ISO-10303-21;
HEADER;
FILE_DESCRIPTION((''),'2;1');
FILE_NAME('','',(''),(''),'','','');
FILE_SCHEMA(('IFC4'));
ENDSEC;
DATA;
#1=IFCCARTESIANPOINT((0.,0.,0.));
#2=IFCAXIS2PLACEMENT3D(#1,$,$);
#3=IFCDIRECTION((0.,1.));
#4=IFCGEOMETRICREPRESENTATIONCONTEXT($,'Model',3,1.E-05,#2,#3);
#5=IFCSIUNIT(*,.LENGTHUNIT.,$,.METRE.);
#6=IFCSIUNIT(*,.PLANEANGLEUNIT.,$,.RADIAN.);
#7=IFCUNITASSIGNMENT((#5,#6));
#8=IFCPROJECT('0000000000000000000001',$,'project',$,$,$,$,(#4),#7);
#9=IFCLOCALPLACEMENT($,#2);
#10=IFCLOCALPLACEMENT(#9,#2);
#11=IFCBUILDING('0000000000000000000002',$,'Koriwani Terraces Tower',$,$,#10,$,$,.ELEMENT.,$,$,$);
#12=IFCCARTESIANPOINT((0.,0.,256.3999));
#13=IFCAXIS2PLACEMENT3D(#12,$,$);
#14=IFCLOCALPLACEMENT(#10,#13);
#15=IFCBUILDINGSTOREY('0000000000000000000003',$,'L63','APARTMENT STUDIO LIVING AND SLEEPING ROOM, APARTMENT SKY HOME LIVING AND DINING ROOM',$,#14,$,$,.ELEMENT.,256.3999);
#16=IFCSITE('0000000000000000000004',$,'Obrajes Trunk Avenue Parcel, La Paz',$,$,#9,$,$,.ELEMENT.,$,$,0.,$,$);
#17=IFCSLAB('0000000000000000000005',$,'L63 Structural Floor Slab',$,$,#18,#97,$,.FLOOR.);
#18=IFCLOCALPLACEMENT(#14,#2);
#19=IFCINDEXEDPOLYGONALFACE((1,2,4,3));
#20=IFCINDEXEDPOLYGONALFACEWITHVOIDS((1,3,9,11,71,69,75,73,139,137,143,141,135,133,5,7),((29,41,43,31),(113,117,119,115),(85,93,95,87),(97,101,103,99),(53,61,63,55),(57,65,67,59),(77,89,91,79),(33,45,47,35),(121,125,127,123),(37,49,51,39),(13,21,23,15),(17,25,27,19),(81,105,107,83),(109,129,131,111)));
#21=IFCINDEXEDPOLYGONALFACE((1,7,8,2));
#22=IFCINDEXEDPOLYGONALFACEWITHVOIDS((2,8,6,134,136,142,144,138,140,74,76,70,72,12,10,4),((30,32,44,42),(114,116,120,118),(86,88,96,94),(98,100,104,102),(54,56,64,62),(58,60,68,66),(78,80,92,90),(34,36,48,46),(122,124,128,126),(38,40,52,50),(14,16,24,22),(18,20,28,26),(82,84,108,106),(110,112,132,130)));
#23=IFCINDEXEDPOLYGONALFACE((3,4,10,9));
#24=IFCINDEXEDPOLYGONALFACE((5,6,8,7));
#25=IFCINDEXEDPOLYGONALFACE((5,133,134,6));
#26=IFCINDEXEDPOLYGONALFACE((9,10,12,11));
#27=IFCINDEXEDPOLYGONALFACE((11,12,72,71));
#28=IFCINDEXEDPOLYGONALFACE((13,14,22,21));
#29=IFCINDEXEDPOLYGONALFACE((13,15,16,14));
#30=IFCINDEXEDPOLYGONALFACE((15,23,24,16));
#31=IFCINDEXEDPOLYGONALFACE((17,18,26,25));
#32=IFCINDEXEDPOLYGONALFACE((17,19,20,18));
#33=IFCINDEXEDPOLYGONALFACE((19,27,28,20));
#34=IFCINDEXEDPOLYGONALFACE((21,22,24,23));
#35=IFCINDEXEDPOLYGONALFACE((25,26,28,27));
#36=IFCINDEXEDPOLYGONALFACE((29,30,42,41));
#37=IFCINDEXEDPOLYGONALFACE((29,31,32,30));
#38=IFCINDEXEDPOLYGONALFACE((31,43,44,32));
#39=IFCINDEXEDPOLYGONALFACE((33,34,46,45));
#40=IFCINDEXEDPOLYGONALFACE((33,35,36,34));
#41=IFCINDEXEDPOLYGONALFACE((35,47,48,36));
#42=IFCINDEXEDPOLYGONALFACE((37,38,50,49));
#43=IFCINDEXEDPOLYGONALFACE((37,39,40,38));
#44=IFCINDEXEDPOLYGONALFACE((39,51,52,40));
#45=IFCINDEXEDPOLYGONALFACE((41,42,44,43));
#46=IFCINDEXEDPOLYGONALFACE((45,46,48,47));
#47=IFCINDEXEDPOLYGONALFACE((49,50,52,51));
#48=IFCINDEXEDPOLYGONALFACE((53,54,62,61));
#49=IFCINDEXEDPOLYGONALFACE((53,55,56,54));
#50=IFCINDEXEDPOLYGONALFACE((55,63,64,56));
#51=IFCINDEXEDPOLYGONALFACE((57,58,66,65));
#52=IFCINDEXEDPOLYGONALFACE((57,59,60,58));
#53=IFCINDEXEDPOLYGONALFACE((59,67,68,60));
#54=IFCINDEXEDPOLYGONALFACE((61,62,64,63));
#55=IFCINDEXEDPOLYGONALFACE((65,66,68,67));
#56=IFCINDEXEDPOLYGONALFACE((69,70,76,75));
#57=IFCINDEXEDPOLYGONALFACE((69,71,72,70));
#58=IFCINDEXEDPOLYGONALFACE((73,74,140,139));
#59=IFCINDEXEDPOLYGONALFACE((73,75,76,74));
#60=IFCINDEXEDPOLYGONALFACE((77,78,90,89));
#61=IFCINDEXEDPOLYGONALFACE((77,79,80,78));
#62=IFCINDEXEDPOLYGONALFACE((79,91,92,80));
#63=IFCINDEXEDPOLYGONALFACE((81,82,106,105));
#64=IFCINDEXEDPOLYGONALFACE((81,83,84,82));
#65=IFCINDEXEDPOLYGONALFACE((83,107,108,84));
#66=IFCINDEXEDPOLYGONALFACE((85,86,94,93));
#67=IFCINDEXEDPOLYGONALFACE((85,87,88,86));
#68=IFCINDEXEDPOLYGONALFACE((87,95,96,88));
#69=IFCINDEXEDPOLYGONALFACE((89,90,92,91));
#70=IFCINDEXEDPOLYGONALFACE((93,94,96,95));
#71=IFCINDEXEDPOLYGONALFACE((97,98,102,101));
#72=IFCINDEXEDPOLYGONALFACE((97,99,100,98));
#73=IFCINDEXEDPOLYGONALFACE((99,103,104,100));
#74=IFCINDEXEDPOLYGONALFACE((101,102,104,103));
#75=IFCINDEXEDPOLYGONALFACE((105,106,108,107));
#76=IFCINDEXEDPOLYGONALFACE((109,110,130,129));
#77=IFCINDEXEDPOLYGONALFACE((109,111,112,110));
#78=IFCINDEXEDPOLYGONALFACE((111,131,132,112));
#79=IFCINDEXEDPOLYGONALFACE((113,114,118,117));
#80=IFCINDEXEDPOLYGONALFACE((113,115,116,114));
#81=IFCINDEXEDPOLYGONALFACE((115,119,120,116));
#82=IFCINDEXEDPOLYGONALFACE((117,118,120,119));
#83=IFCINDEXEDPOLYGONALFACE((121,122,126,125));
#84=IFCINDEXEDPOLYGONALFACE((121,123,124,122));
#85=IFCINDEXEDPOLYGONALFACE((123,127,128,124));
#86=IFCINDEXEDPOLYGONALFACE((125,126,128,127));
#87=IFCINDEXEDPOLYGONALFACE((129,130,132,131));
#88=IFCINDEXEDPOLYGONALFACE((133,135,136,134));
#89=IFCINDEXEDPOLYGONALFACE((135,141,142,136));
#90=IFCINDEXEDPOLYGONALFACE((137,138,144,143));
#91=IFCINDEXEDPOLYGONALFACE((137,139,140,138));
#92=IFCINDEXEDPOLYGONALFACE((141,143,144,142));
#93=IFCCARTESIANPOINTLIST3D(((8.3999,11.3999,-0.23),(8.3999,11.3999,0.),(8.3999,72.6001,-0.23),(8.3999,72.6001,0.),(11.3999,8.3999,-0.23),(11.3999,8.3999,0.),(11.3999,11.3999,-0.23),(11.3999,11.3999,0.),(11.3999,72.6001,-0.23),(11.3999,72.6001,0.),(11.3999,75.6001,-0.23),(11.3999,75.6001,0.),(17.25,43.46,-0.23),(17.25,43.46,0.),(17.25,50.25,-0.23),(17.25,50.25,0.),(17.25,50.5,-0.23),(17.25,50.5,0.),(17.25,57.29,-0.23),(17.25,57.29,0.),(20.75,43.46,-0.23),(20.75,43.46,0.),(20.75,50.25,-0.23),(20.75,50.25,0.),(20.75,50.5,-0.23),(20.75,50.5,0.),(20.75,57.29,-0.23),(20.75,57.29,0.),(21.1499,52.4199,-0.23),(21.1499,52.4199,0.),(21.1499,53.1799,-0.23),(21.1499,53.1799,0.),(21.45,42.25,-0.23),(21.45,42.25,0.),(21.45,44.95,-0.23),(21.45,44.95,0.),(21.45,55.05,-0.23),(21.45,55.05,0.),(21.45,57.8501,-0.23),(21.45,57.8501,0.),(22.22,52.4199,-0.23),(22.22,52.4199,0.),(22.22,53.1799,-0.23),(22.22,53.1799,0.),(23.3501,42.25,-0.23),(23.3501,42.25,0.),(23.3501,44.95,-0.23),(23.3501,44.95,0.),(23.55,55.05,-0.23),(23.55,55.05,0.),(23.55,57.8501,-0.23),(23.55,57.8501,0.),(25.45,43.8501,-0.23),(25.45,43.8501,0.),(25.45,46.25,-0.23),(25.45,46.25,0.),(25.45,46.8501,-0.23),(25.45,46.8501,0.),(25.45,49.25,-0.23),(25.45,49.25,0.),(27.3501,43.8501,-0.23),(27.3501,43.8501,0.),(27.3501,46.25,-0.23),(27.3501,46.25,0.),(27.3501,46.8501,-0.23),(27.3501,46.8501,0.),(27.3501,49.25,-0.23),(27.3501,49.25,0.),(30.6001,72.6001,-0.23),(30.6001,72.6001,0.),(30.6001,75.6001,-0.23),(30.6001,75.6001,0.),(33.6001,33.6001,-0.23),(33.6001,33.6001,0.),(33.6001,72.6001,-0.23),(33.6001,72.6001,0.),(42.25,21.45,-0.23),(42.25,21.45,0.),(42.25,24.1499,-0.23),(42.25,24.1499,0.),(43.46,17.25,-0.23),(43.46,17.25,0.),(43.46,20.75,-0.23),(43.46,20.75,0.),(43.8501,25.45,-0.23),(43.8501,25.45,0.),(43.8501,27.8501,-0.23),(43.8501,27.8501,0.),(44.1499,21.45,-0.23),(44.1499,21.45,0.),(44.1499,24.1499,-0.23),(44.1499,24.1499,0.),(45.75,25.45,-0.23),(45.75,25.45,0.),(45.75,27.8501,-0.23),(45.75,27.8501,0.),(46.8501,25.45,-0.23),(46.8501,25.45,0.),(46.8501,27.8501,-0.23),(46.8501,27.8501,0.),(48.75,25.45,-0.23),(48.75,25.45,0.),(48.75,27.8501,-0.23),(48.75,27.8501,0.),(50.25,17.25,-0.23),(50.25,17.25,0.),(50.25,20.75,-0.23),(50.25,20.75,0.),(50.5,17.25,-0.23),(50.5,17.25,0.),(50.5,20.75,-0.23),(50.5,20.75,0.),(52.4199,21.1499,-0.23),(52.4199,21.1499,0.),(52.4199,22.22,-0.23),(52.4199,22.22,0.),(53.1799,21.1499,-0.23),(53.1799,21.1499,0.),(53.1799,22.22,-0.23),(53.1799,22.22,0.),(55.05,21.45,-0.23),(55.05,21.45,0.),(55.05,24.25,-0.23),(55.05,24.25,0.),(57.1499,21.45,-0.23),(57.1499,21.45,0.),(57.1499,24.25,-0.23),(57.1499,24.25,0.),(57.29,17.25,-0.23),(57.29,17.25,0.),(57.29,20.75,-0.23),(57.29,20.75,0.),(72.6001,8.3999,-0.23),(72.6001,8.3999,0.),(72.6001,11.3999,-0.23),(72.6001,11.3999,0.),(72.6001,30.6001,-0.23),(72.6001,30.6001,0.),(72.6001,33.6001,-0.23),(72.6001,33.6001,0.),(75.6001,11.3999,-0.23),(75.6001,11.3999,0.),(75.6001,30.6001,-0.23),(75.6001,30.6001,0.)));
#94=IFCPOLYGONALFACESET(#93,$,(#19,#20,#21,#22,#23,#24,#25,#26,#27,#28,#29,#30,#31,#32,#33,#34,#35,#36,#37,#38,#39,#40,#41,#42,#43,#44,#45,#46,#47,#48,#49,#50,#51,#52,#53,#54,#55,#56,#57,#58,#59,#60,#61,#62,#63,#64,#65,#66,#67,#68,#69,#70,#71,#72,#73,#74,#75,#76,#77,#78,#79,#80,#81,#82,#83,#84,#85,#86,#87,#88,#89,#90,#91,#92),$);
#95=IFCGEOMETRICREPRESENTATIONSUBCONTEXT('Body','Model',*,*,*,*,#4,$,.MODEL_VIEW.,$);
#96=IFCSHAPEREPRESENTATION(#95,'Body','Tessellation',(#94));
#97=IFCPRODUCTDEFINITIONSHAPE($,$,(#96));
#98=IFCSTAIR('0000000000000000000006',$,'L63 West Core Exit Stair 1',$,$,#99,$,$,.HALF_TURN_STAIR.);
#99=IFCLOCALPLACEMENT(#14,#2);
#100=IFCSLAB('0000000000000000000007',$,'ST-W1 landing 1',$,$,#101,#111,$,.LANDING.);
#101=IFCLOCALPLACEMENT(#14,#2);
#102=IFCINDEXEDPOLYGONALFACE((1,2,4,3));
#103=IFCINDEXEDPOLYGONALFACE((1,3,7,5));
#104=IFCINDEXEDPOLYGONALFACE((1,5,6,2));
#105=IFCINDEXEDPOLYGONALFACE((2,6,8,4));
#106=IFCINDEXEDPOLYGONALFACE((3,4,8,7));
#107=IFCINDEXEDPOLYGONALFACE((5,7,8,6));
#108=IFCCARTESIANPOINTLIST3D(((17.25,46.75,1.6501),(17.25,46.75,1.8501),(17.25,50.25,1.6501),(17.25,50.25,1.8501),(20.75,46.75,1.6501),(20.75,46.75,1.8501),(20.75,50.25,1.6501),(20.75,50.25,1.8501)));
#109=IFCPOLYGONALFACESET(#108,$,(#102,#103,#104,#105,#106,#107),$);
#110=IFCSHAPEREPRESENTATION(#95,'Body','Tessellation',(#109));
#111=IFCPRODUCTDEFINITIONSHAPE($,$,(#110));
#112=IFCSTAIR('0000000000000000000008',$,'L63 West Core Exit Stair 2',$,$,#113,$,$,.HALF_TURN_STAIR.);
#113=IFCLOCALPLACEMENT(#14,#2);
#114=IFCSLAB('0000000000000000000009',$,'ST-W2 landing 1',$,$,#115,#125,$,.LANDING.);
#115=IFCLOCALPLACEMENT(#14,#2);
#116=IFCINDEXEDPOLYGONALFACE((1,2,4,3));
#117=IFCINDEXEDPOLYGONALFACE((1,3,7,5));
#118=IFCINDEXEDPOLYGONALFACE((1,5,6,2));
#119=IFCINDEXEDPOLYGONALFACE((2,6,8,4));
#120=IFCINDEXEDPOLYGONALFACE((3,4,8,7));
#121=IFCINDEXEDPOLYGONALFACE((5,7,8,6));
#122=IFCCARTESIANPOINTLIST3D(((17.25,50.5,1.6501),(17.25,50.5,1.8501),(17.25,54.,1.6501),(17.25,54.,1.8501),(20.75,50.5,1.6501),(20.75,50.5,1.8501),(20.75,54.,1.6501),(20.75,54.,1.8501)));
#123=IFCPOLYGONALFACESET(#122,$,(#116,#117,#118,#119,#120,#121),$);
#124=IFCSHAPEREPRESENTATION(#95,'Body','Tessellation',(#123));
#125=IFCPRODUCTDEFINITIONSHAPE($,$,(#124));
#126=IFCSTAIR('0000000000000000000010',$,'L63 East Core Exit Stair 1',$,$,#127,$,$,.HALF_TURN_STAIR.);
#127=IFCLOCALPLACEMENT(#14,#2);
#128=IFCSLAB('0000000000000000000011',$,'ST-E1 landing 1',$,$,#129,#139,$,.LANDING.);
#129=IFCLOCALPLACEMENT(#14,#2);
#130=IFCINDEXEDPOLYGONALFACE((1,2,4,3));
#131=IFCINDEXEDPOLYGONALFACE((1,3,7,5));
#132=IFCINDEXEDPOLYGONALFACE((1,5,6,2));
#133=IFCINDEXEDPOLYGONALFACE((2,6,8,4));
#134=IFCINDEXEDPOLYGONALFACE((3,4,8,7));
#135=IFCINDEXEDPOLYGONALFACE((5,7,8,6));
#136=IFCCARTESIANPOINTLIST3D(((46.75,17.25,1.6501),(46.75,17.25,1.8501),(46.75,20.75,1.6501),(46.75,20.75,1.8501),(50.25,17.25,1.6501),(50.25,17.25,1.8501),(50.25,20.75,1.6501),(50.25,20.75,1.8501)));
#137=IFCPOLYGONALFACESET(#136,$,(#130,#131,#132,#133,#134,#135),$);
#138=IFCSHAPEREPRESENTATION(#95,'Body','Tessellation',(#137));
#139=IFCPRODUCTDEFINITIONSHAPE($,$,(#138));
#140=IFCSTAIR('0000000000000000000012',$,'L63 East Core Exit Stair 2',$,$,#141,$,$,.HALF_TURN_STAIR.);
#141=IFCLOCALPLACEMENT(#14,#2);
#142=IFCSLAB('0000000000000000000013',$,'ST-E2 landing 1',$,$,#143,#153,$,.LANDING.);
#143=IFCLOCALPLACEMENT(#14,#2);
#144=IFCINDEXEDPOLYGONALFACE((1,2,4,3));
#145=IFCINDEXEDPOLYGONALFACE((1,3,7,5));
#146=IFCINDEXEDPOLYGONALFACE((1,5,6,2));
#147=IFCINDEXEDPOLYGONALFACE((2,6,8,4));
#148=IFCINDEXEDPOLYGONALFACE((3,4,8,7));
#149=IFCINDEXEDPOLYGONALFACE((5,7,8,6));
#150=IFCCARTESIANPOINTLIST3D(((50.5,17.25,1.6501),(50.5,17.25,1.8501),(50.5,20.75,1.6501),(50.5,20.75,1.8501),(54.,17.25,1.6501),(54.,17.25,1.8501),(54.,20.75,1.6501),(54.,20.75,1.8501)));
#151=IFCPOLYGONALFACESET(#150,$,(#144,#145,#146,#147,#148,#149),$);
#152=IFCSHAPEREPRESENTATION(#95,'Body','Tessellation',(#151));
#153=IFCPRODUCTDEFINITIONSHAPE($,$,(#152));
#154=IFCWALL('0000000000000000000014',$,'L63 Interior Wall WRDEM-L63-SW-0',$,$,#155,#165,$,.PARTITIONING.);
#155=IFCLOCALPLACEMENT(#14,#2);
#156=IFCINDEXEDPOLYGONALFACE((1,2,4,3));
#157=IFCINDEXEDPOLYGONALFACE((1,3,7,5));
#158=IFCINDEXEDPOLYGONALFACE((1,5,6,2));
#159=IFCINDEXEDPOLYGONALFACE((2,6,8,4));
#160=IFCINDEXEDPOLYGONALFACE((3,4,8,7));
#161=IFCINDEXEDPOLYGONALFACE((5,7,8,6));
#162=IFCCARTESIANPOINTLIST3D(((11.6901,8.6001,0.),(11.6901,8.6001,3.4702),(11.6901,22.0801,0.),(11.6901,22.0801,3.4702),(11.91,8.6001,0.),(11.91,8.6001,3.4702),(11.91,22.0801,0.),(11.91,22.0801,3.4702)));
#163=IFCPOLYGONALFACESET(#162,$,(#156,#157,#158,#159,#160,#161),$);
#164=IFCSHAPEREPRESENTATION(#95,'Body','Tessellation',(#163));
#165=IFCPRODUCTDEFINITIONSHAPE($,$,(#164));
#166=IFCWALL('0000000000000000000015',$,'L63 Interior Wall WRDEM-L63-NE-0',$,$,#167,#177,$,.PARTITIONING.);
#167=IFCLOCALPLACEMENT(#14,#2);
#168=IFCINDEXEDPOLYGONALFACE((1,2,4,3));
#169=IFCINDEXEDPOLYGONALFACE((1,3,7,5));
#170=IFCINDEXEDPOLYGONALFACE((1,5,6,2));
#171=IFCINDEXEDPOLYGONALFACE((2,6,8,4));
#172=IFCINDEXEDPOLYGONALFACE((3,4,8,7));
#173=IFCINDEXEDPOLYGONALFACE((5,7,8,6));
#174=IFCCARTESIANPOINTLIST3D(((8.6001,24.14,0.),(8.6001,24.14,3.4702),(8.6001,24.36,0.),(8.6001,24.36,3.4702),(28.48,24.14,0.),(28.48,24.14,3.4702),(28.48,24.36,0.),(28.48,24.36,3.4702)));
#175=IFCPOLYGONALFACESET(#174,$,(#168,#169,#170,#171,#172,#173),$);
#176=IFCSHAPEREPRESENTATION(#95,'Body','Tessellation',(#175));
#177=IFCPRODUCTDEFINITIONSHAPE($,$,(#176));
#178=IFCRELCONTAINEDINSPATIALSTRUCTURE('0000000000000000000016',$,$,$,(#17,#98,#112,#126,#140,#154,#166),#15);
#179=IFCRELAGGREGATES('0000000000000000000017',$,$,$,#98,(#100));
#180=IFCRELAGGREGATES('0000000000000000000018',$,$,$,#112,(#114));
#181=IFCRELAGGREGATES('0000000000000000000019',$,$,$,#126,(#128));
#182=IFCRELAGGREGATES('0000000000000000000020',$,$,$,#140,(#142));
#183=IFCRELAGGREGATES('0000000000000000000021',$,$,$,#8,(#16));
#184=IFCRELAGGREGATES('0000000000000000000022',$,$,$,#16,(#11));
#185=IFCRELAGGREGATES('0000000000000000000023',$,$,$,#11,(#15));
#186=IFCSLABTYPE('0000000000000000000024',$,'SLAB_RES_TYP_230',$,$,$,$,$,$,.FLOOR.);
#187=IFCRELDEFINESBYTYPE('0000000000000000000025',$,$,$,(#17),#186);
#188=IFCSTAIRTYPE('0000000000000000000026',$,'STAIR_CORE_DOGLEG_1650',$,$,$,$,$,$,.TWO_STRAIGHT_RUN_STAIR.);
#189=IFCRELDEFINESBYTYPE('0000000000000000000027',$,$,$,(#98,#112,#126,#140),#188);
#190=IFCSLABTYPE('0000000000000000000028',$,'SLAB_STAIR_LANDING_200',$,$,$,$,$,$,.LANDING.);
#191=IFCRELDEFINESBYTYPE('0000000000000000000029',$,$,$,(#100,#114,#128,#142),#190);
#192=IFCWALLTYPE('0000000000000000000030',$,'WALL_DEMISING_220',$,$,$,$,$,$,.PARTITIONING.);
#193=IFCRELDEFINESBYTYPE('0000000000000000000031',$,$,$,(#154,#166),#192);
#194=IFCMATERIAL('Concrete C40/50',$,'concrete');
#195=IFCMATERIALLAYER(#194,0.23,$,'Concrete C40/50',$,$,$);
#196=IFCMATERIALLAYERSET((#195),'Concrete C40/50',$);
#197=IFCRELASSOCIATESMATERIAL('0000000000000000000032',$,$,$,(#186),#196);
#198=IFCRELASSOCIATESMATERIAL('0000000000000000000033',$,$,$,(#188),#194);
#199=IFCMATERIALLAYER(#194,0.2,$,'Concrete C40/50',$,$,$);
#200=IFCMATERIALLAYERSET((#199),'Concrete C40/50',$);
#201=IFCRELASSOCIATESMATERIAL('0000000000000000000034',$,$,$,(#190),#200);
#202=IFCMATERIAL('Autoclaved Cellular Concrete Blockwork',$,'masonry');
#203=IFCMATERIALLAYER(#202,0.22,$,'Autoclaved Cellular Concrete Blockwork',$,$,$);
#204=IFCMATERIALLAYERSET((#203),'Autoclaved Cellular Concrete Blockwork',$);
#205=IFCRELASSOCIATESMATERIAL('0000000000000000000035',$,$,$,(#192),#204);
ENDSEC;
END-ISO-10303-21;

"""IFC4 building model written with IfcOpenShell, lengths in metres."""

from ifc_helpers import new_model, si_unit, direction, frame, frame_2d, origin, place, context, subcontext, project, spatial, polyline, rectangle, outline, extrude, material, layer, layer_set, type_object, element, aggregate, save


model = new_model("IFC4")

# Units and contexts
model_context = context("Model", 3, precision=1e-05, world=origin(), true_north=direction((0.0, 1.0)))
body_context = subcontext(model_context, "Body", "Model", "MODEL_VIEW")
ifc_project = project(units=[si_unit("LENGTHUNIT", "METRE"), si_unit("PLANEANGLEUNIT", "RADIAN")], contexts=[model_context])

# Site, building, storey
site_placement = place(None, origin())
site = spatial("IfcSite", under=ifc_project, at=site_placement, Name="Obrajes Trunk Avenue Parcel, La Paz", CompositionType="ELEMENT", RefElevation=0.0)
building_placement = place(site_placement, origin())
building = spatial("IfcBuilding", under=site, at=building_placement, Name="Koriwani Terraces Tower", CompositionType="ELEMENT")
storey_placement = place(building_placement, frame((0.0, 0.0, 256.3999)))
storey = spatial("IfcBuildingStorey", under=building, at=storey_placement, Name="L63", Description="APARTMENT STUDIO LIVING AND SLEEPING ROOM, APARTMENT SKY HOME LIVING AND DINING ROOM", CompositionType="ELEMENT", Elevation=256.3999)

# Slab
ifc_material_1 = material(Name="Concrete C40/50", Category="concrete")
ifc_layer_1 = layer(ifc_material_1, 0.23, Name="Concrete C40/50")
ifc_layer_set_1 = layer_set([ifc_layer_1], Name="Concrete C40/50")
slab_type_1 = type_object("IfcSlabType", Name="SLAB_RES_TYP_230", PredefinedType="FLOOR", material=ifc_layer_set_1)
slab_1_placement = place(storey_placement, frame((0.0, 0.0, -0.23)))
element("IfcSlab", 1, at=slab_1_placement, inside=storey, type_object=slab_type_1, Name="L63 Structural Floor Slab", PredefinedType="FLOOR", context=body_context, shape_type="SweptSolid", body=[
    extrude(outline(polyline([(11.3999, 8.3999), (72.6001, 8.3999), (72.6001, 11.3999), (75.6001, 11.3999), (75.6001, 30.6001), (72.6001, 30.6001), (72.6001, 33.6001), (33.6001, 33.6001), (33.6001, 72.6001), (30.6001, 72.6001), (30.6001, 75.6001), (11.3999, 75.6001), (11.3999, 72.6001), (8.3999, 72.6001), (8.3999, 11.3999), (11.3999, 11.3999), (11.3999, 8.3999)]), holes=[polyline([(17.25, 43.46), (20.75, 43.46), (20.75, 50.25), (17.25, 50.25), (17.25, 43.46)]), polyline([(17.25, 50.5), (20.75, 50.5), (20.75, 57.29), (17.25, 57.29), (17.25, 50.5)]), polyline([(43.46, 17.25), (50.25, 17.25), (50.25, 20.75), (43.46, 20.75), (43.46, 17.25)]), polyline([(50.5, 17.25), (57.29, 17.25), (57.29, 20.75), (50.5, 20.75), (50.5, 17.25)]), polyline([(25.45, 43.8501), (27.3501, 43.8501), (27.3501, 46.25), (25.45, 46.25), (25.45, 43.8501)]), polyline([(25.45, 46.8501), (27.3501, 46.8501), (27.3501, 49.25), (25.45, 49.25), (25.45, 46.8501)]), polyline([(43.8501, 25.45), (45.75, 25.45), (45.75, 27.8501), (43.8501, 27.8501), (43.8501, 25.45)]), polyline([(46.8501, 25.45), (48.75, 25.45), (48.75, 27.8501), (46.8501, 27.8501), (46.8501, 25.45)]), polyline([(21.45, 55.05), (23.55, 55.05), (23.55, 57.8501), (21.45, 57.8501), (21.45, 55.05)]), polyline([(55.05, 21.45), (57.1499, 21.45), (57.1499, 24.25), (55.05, 24.25), (55.05, 21.45)]), polyline([(21.45, 42.25), (23.3501, 42.25), (23.3501, 44.95), (21.45, 44.95), (21.45, 42.25)]), polyline([(42.25, 21.45), (44.1499, 21.45), (44.1499, 24.1499), (42.25, 24.1499), (42.25, 21.45)]), polyline([(21.1499, 52.4199), (22.22, 52.4199), (22.22, 53.1799), (21.1499, 53.1799), (21.1499, 52.4199)]), polyline([(52.4199, 21.1499), (53.1799, 21.1499), (53.1799, 22.22), (52.4199, 22.22), (52.4199, 21.1499)])]), origin(), (0.0, 0.0, 1.0), 0.23),
])

# Stairs, slabs
stair_type = type_object("IfcStairType", Name="STAIR_CORE_DOGLEG_1650", PredefinedType="TWO_STRAIGHT_RUN_STAIR", material=ifc_material_1)
stair_1_placement = place(storey_placement, origin())
stair_1 = element("IfcStair", 2, at=stair_1_placement, inside=storey, type_object=stair_type, Name="L63 West Core Exit Stair 1", PredefinedType="HALF_TURN_STAIR")
ifc_layer_2 = layer(ifc_material_1, 0.2, Name="Concrete C40/50")
ifc_layer_set_2 = layer_set([ifc_layer_2], Name="Concrete C40/50")
slab_type_2 = type_object("IfcSlabType", Name="SLAB_STAIR_LANDING_200", PredefinedType="LANDING", material=ifc_layer_set_2)
slab_2_placement = place(storey_placement, frame((0.0, 0.0, 1.6501)))
slab_2 = element("IfcSlab", 3, at=slab_2_placement, type_object=slab_type_2, Name="ST-W1 landing 1", PredefinedType="LANDING", context=body_context, shape_type="SweptSolid", body=[
    extrude(outline(polyline([(20.75, 46.75), (20.75, 50.25), (17.25, 50.25), (17.25, 46.75), (20.75, 46.75)])), origin(), (0.0, 0.0, 1.0), 0.2),
])
aggregate(stair_1, [slab_2])
stair_2_placement = place(storey_placement, origin())
stair_2 = element("IfcStair", 4, at=stair_2_placement, inside=storey, type_object=stair_type, Name="L63 West Core Exit Stair 2", PredefinedType="HALF_TURN_STAIR")
slab_3_placement = place(storey_placement, frame((0.0, 0.0, 1.6501)))
slab_3 = element("IfcSlab", 5, at=slab_3_placement, type_object=slab_type_2, Name="ST-W2 landing 1", PredefinedType="LANDING", context=body_context, shape_type="SweptSolid", body=[
    extrude(outline(polyline([(17.25, 54.0), (17.25, 50.5), (20.75, 50.5), (20.75, 54.0), (17.25, 54.0)])), origin(), (0.0, 0.0, 1.0), 0.2),
])
aggregate(stair_2, [slab_3])
stair_3_placement = place(storey_placement, origin())
stair_3 = element("IfcStair", 6, at=stair_3_placement, inside=storey, type_object=stair_type, Name="L63 East Core Exit Stair 1", PredefinedType="HALF_TURN_STAIR")
slab_4_placement = place(storey_placement, frame((0.0, 0.0, 1.6501)))
slab_4 = element("IfcSlab", 7, at=slab_4_placement, type_object=slab_type_2, Name="ST-E1 landing 1", PredefinedType="LANDING", context=body_context, shape_type="SweptSolid", body=[
    extrude(outline(polyline([(46.75, 17.25), (50.25, 17.25), (50.25, 20.75), (46.75, 20.75), (46.75, 17.25)])), origin(), (0.0, 0.0, 1.0), 0.2),
])
aggregate(stair_3, [slab_4])
stair_4_placement = place(storey_placement, origin())
stair_4 = element("IfcStair", 8, at=stair_4_placement, inside=storey, type_object=stair_type, Name="L63 East Core Exit Stair 2", PredefinedType="HALF_TURN_STAIR")
slab_5_placement = place(storey_placement, frame((0.0, 0.0, 1.6501)))
slab_5 = element("IfcSlab", 9, at=slab_5_placement, type_object=slab_type_2, Name="ST-E2 landing 1", PredefinedType="LANDING", context=body_context, shape_type="SweptSolid", body=[
    extrude(outline(polyline([(54.0, 20.75), (50.5, 20.75), (50.5, 17.25), (54.0, 17.25), (54.0, 20.75)])), origin(), (0.0, 0.0, 1.0), 0.2),
])
aggregate(stair_4, [slab_5])

# Walls
ifc_material_2 = material(Name="Autoclaved Cellular Concrete Blockwork", Category="masonry")
ifc_layer_3 = layer(ifc_material_2, 0.22, Name="Autoclaved Cellular Concrete Blockwork")
ifc_layer_set_3 = layer_set([ifc_layer_3], Name="Autoclaved Cellular Concrete Blockwork")
wall_type_1 = type_object("IfcWallType", Name="WALL_DEMISING_220", PredefinedType="PARTITIONING", material=ifc_layer_set_3)
wall_1_placement = place(storey_placement, frame((11.8, 8.6001, 0.0), z_axis=(0.0, 0.0, 1.0), x_axis=(0.0, 1.0, 0.0)))
element("IfcWall", 10, at=wall_1_placement, inside=storey, type_object=wall_type_1, Name="L63 Interior Wall WRDEM-L63-SW-0", PredefinedType="PARTITIONING", context=body_context, shape_type="SweptSolid", body=[
    extrude(rectangle(XDim=13.48, YDim=0.22, at=frame_2d((6.74, 0.0))), origin(), (0.0, 0.0, 1.0), 3.4702),
])
wall_2_placement = place(storey_placement, frame((8.6001, 24.25, 0.0), z_axis=(0.0, 0.0, 1.0), x_axis=(1.0, 0.0, 0.0)))
element("IfcWall", 11, at=wall_2_placement, inside=storey, type_object=wall_type_1, Name="L63 Interior Wall WRDEM-L63-NE-0", PredefinedType="PARTITIONING", context=body_context, shape_type="SweptSolid", body=[
    extrude(rectangle(XDim=19.8799, YDim=0.22, at=frame_2d((9.9399, 0.0))), origin(), (0.0, 0.0, 1.0), 3.4702),
])

save(model, "model.ifc")
